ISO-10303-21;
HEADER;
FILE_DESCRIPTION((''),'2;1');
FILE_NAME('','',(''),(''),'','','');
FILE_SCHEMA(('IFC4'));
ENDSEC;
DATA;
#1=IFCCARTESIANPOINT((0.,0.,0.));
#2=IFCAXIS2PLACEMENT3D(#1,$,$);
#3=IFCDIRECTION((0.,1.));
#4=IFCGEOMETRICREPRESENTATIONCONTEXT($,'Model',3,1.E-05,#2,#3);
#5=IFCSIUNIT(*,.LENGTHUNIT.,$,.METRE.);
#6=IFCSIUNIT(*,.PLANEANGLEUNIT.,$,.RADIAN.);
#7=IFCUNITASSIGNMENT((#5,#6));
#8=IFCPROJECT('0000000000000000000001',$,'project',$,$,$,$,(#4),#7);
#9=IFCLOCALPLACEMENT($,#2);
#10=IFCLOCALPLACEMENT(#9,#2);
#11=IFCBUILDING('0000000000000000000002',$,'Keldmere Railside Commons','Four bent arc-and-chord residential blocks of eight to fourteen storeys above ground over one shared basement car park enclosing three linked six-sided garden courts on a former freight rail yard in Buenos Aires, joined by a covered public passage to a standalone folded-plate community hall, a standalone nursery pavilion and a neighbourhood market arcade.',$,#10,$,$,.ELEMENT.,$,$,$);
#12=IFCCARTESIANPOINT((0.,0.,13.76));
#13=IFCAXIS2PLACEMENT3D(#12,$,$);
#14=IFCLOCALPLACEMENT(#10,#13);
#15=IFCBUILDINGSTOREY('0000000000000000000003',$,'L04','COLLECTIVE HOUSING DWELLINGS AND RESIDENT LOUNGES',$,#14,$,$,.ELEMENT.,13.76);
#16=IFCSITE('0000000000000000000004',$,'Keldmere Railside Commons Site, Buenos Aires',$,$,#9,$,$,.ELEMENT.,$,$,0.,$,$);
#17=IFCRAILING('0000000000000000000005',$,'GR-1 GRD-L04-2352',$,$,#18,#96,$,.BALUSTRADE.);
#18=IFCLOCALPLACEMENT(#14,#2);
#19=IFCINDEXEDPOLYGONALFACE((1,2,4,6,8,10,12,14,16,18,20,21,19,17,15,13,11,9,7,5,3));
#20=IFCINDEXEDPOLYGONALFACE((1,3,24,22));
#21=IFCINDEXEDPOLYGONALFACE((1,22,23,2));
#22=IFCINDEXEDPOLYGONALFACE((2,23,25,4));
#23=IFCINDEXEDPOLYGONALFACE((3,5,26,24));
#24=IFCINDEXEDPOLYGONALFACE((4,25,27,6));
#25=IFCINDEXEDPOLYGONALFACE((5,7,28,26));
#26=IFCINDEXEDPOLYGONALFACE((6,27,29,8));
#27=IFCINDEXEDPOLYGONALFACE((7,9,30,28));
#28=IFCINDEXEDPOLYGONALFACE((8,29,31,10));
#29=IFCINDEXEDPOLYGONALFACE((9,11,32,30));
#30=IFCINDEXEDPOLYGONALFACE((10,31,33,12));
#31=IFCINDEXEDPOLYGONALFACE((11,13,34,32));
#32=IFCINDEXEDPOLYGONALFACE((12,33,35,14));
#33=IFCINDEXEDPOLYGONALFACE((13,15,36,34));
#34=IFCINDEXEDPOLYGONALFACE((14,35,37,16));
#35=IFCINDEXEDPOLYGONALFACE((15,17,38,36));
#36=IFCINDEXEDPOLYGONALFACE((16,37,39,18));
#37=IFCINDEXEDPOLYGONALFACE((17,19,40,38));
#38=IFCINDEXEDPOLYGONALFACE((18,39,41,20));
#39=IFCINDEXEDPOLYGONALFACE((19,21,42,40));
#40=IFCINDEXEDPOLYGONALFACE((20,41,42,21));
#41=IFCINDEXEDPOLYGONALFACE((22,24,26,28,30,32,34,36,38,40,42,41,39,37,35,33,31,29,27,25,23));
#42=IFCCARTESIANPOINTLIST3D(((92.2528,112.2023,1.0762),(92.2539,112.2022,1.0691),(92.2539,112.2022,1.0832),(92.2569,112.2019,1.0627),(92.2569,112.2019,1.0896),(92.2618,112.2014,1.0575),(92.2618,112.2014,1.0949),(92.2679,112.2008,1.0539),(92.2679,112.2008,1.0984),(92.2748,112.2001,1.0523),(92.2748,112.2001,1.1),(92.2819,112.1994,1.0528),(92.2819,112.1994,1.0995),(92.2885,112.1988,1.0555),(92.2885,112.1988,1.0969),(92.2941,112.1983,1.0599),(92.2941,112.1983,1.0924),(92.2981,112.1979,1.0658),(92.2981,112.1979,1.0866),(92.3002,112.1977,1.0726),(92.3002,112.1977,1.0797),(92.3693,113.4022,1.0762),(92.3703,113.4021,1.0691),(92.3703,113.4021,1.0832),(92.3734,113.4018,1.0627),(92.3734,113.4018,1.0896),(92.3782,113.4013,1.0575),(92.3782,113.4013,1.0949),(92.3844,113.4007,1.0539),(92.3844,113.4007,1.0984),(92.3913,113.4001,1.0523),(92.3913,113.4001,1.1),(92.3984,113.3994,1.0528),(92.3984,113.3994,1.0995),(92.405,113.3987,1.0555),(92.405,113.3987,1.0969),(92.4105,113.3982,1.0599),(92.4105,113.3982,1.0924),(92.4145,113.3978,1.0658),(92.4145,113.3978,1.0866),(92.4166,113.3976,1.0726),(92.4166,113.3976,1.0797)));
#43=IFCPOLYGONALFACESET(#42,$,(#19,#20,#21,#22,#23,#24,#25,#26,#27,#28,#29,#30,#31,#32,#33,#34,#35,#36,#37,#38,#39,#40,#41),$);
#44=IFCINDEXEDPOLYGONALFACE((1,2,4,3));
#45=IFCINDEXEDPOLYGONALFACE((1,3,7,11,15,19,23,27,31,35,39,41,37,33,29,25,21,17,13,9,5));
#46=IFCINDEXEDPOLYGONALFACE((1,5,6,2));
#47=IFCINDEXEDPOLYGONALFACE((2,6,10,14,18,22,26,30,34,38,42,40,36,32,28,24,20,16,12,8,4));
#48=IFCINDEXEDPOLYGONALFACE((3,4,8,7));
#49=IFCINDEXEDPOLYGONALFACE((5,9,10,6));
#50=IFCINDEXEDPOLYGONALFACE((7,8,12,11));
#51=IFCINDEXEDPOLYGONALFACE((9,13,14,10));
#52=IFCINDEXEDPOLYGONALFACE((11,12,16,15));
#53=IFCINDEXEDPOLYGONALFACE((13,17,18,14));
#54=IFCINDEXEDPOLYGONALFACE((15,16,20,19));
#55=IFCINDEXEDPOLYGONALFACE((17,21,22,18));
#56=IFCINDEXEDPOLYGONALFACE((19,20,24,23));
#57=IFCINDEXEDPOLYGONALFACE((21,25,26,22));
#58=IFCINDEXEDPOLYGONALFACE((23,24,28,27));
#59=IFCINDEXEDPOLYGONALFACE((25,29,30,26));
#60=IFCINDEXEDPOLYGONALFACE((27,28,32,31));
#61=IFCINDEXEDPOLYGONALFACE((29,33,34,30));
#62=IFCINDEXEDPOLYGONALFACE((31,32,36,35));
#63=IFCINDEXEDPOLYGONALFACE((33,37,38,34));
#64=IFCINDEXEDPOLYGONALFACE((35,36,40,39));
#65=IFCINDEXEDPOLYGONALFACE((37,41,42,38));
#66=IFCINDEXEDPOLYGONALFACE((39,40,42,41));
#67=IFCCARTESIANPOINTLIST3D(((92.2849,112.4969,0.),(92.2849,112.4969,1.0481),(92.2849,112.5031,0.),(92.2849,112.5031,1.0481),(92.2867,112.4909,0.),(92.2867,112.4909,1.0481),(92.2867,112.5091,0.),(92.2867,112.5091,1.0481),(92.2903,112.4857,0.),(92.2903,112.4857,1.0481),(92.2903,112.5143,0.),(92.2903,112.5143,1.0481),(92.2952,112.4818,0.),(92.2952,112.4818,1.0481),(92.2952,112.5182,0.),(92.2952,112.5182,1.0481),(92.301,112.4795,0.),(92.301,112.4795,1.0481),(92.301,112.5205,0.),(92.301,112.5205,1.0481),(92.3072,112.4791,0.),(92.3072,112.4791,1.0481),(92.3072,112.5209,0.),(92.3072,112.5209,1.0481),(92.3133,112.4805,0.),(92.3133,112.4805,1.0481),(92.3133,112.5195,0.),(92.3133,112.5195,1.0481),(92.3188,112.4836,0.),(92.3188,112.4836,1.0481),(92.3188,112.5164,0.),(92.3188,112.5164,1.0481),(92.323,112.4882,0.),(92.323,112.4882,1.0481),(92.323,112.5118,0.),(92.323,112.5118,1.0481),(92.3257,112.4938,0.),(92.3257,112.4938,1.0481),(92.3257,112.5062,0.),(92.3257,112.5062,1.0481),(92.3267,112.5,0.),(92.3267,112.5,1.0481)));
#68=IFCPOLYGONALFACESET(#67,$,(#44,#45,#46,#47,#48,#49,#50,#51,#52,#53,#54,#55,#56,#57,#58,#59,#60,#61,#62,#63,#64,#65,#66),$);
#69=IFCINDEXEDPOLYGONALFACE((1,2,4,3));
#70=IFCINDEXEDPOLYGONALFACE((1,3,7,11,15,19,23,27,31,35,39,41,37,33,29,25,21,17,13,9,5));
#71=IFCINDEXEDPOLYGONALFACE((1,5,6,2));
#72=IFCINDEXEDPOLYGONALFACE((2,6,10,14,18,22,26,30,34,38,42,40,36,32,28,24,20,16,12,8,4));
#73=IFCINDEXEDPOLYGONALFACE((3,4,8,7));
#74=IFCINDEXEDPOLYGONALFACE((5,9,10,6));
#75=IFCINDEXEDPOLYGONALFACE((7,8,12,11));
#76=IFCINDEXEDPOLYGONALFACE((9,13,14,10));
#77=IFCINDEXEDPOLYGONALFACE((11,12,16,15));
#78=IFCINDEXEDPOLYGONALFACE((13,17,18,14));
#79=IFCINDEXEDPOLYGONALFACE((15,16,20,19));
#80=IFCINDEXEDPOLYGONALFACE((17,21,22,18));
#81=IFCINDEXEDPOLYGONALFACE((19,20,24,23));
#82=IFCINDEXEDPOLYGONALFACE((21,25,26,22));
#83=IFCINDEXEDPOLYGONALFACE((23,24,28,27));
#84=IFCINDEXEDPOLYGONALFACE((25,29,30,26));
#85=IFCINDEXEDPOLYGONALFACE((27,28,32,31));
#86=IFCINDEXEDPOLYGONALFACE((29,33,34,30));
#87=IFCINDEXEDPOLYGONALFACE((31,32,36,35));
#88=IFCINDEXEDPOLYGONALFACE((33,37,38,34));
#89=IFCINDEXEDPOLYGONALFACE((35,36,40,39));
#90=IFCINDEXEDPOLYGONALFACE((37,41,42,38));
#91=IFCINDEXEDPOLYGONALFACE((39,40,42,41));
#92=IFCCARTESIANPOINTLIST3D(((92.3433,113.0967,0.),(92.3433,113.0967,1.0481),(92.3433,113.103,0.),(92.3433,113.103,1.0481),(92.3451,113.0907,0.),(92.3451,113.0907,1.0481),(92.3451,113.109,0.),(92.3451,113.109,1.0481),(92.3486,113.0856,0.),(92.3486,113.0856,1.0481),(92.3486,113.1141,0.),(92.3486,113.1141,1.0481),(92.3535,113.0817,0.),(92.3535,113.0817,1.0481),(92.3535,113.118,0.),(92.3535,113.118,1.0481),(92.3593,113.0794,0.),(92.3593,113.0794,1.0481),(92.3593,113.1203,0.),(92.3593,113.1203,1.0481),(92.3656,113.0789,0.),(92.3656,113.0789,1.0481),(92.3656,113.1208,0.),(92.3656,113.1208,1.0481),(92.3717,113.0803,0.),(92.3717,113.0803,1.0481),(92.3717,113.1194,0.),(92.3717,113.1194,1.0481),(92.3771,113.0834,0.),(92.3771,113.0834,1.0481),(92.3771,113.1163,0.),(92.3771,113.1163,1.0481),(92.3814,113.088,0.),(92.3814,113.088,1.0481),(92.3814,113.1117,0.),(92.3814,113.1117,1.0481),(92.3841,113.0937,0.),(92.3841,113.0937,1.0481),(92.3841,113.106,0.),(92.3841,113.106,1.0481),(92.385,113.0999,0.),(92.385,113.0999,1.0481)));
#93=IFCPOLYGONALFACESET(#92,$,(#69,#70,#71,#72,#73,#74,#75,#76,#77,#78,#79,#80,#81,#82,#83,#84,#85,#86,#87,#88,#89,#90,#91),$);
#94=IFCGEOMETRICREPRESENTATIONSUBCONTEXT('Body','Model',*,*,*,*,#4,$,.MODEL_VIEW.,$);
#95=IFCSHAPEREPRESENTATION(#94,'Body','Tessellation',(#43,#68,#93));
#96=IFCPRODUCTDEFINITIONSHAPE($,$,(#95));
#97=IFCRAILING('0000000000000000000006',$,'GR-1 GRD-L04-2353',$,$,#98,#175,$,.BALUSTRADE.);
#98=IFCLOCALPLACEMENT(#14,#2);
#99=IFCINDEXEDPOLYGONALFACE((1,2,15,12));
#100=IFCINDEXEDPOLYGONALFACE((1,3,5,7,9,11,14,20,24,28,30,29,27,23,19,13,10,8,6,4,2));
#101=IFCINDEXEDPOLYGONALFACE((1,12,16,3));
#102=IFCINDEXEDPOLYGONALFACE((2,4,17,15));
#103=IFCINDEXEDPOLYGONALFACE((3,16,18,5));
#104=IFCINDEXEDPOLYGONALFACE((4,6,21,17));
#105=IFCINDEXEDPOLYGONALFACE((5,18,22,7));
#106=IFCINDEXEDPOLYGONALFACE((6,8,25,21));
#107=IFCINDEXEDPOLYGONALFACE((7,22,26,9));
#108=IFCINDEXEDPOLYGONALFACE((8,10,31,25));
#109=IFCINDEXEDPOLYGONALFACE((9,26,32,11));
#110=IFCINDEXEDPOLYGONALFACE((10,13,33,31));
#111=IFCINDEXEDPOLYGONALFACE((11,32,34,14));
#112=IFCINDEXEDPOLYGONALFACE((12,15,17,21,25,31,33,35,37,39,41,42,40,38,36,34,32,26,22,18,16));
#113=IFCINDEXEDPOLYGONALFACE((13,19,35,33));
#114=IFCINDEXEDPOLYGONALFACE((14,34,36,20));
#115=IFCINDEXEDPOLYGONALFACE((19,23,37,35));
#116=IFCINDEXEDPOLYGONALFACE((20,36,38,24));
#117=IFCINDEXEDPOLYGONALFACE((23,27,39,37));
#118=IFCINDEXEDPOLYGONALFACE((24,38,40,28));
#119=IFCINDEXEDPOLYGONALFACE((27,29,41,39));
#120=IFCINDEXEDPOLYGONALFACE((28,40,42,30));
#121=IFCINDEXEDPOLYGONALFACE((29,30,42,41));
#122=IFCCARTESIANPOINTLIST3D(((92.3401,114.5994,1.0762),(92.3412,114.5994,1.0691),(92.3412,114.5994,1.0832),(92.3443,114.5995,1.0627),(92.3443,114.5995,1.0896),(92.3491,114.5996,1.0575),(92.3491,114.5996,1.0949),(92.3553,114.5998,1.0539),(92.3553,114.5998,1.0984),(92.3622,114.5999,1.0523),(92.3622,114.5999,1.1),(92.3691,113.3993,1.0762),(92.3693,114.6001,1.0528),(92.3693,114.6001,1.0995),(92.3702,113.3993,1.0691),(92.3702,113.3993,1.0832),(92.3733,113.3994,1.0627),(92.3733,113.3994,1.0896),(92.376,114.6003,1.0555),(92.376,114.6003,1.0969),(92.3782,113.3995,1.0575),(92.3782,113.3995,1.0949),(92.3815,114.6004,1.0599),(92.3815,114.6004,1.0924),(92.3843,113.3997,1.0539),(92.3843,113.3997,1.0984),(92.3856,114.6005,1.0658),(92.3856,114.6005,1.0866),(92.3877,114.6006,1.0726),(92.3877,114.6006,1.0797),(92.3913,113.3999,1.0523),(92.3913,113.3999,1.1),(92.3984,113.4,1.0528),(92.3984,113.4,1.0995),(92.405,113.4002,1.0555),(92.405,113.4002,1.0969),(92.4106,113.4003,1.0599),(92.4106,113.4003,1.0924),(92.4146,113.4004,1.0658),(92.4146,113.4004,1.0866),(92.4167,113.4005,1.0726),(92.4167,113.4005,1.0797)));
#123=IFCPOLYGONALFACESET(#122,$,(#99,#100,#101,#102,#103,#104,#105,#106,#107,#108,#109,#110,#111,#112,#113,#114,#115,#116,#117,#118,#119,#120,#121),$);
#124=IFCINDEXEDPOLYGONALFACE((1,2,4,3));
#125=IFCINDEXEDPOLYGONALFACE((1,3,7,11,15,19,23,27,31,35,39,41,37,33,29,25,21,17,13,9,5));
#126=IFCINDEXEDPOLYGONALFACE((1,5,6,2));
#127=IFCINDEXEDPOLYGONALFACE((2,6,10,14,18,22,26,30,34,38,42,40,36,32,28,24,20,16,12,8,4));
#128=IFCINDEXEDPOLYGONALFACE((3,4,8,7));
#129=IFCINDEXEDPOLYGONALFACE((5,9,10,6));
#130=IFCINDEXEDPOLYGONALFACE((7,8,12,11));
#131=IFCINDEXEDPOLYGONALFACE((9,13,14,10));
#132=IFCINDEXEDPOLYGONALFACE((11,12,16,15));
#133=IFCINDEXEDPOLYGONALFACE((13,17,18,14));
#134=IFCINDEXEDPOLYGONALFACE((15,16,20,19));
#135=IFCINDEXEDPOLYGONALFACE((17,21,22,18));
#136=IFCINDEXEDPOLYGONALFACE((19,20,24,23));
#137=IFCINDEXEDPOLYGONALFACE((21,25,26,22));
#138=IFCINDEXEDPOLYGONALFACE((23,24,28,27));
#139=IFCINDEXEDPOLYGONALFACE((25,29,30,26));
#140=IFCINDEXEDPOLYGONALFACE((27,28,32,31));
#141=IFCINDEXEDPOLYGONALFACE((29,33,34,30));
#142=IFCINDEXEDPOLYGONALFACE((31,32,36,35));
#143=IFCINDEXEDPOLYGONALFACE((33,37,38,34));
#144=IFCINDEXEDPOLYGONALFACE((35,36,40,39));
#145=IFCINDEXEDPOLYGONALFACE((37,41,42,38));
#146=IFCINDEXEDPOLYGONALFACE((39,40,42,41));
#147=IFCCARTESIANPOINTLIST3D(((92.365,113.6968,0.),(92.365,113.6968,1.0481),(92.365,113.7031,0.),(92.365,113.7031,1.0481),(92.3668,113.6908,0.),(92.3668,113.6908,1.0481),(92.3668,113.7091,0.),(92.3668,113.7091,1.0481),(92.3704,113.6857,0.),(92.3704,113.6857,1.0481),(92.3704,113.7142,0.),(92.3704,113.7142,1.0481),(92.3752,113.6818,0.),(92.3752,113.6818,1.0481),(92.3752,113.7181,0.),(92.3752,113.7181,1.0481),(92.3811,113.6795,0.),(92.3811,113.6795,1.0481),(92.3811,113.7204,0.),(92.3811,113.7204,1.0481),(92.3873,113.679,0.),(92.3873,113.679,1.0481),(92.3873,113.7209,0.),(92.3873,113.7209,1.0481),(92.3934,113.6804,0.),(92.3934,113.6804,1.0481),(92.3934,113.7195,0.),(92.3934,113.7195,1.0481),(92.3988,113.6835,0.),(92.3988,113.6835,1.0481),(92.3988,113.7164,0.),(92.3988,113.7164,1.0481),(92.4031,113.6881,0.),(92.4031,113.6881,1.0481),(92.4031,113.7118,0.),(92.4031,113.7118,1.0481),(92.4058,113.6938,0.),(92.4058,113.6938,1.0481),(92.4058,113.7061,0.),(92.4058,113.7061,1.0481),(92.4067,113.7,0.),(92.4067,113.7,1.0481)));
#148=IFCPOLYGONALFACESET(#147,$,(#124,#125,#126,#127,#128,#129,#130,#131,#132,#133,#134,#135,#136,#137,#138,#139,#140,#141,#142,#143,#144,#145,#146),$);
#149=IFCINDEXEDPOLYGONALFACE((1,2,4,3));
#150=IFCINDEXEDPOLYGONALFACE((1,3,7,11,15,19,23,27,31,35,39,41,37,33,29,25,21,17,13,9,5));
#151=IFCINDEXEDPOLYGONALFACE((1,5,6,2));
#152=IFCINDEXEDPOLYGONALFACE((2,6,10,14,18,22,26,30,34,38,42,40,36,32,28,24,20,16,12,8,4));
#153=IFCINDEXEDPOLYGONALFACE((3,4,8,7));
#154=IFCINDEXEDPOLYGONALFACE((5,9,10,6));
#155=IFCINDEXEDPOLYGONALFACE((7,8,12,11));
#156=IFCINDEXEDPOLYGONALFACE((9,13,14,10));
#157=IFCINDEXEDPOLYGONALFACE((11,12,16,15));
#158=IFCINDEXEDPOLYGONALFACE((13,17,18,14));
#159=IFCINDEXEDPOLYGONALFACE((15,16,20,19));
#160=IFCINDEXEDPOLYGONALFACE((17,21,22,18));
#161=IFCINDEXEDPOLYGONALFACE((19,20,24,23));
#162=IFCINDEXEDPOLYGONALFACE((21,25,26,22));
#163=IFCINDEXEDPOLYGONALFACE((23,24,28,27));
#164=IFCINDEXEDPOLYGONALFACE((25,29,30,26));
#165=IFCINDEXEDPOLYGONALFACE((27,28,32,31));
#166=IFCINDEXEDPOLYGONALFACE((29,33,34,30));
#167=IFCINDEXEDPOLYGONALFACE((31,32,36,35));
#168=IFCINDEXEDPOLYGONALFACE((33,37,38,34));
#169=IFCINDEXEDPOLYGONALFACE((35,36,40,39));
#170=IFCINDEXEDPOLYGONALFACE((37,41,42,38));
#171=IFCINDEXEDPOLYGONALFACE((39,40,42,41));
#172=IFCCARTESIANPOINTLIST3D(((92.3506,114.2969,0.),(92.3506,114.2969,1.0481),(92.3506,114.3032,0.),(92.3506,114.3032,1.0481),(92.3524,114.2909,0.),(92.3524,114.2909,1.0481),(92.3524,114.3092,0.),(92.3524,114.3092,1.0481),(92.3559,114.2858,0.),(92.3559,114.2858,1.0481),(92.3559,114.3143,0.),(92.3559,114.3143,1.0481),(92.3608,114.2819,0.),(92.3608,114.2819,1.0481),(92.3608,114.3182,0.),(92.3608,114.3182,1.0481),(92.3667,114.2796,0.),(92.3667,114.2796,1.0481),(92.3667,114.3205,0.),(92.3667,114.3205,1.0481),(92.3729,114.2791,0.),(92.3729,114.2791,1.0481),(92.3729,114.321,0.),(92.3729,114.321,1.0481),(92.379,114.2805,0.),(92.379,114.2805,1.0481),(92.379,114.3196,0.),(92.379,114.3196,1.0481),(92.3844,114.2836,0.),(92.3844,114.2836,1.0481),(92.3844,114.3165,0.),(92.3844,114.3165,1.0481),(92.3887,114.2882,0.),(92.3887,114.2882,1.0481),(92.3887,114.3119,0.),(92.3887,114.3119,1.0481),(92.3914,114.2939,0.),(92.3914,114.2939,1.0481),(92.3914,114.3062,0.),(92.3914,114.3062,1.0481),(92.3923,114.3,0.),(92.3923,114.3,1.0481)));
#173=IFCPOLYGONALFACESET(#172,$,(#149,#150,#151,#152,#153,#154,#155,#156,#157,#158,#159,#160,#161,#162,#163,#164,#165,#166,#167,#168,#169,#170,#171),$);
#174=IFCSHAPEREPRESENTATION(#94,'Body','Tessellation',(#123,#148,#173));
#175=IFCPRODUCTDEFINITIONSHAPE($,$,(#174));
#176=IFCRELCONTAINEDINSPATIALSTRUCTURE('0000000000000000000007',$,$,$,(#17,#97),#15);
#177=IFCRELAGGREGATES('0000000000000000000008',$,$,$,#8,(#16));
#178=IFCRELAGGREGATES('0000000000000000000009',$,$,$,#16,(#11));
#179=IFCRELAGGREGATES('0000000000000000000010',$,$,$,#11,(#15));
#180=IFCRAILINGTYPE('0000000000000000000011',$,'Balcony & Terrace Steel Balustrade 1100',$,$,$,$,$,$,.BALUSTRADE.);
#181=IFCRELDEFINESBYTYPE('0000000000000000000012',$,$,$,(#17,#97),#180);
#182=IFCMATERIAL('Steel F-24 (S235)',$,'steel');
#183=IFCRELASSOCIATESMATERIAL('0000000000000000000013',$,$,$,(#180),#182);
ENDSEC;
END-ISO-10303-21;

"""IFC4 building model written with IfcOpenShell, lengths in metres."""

from ifc_helpers import new_model, si_unit, direction, frame, origin, origin_2d, place, context, subcontext, project, spatial, circle, extrude, material, type_object, element, save


model = new_model("IFC4")

# Units and contexts
model_context = context("Model", 3, precision=1e-05, world=origin(), true_north=direction((0.0, 1.0)))
body_context = subcontext(model_context, "Body", "Model", "MODEL_VIEW")
ifc_project = project(units=[si_unit("LENGTHUNIT", "METRE"), si_unit("PLANEANGLEUNIT", "RADIAN")], contexts=[model_context])

# Site, building, storey
site_placement = place(None, origin())
site = spatial("IfcSite", under=ifc_project, at=site_placement, Name="Keldmere Railside Commons Site, Buenos Aires", CompositionType="ELEMENT", RefElevation=0.0)
building_placement = place(site_placement, origin())
building = spatial("IfcBuilding", under=site, at=building_placement, Name="Keldmere Railside Commons", Description="Four bent arc-and-chord residential blocks of eight to fourteen storeys above ground over one shared basement car park enclosing three linked six-sided garden courts on a former freight rail yard in Buenos Aires, joined by a covered public passage to a standalone folded-plate community hall, a standalone nursery pavilion and a neighbourhood market arcade.", CompositionType="ELEMENT")
storey_placement = place(building_placement, frame((0.0, 0.0, 13.76)))
storey = spatial("IfcBuildingStorey", under=building, at=storey_placement, Name="L04", Description="COLLECTIVE HOUSING DWELLINGS AND RESIDENT LOUNGES", CompositionType="ELEMENT", Elevation=13.76)

# Railings
ifc_material = material(Name="Steel F-24 (S235)", Category="steel")
railing_type = type_object("IfcRailingType", Name="Balcony & Terrace Steel Balustrade 1100", PredefinedType="BALUSTRADE", material=ifc_material)
railing_1_placement = place(storey_placement, frame((92.2766, 112.2, 0.0)))
element("IfcRailing", 1, at=railing_1_placement, inside=storey, type_object=railing_type, Name="GR-1 GRD-L04-2352", PredefinedType="BALUSTRADE", context=body_context, shape_type="SweptSolid", body=[
    extrude(circle(Radius=0.0239, at=origin_2d()), frame((0.0, 0.0, 1.0762), z_axis=(0.096596, 0.995324, 0.0), x_axis=(-0.995324, 0.096596, 0.0)), (0.0, 0.0, 1.0), 1.2056),
    extrude(circle(Radius=0.021, at=origin_2d()), frame((0.0291, 0.3, 0.0)), (0.0, 0.0, 1.0), 1.0481),
    extrude(circle(Radius=0.021, at=origin_2d()), frame((0.0874, 0.8999, 0.0)), (0.0, 0.0, 1.0), 1.0481),
])
railing_2_placement = place(storey_placement, frame((92.3931, 113.3999, 0.0)))
element("IfcRailing", 2, at=railing_2_placement, inside=storey, type_object=railing_type, Name="GR-1 GRD-L04-2353", PredefinedType="BALUSTRADE", context=body_context, shape_type="SweptSolid", body=[
    extrude(circle(Radius=0.0239, at=origin_2d()), frame((0.0, 0.0, 1.0762), z_axis=(-0.0242, 0.999707, 0.0), x_axis=(-0.999707, -0.0242, 0.0)), (0.0, 0.0, 1.0), 1.2004),
    extrude(circle(Radius=0.021, at=origin_2d()), frame((-0.0073, 0.3, 0.0)), (0.0, 0.0, 1.0), 1.0481),
    extrude(circle(Radius=0.021, at=origin_2d()), frame((-0.0217, 0.9001, 0.0)), (0.0, 0.0, 1.0), 1.0481),
])

save(model, "model.ifc")
